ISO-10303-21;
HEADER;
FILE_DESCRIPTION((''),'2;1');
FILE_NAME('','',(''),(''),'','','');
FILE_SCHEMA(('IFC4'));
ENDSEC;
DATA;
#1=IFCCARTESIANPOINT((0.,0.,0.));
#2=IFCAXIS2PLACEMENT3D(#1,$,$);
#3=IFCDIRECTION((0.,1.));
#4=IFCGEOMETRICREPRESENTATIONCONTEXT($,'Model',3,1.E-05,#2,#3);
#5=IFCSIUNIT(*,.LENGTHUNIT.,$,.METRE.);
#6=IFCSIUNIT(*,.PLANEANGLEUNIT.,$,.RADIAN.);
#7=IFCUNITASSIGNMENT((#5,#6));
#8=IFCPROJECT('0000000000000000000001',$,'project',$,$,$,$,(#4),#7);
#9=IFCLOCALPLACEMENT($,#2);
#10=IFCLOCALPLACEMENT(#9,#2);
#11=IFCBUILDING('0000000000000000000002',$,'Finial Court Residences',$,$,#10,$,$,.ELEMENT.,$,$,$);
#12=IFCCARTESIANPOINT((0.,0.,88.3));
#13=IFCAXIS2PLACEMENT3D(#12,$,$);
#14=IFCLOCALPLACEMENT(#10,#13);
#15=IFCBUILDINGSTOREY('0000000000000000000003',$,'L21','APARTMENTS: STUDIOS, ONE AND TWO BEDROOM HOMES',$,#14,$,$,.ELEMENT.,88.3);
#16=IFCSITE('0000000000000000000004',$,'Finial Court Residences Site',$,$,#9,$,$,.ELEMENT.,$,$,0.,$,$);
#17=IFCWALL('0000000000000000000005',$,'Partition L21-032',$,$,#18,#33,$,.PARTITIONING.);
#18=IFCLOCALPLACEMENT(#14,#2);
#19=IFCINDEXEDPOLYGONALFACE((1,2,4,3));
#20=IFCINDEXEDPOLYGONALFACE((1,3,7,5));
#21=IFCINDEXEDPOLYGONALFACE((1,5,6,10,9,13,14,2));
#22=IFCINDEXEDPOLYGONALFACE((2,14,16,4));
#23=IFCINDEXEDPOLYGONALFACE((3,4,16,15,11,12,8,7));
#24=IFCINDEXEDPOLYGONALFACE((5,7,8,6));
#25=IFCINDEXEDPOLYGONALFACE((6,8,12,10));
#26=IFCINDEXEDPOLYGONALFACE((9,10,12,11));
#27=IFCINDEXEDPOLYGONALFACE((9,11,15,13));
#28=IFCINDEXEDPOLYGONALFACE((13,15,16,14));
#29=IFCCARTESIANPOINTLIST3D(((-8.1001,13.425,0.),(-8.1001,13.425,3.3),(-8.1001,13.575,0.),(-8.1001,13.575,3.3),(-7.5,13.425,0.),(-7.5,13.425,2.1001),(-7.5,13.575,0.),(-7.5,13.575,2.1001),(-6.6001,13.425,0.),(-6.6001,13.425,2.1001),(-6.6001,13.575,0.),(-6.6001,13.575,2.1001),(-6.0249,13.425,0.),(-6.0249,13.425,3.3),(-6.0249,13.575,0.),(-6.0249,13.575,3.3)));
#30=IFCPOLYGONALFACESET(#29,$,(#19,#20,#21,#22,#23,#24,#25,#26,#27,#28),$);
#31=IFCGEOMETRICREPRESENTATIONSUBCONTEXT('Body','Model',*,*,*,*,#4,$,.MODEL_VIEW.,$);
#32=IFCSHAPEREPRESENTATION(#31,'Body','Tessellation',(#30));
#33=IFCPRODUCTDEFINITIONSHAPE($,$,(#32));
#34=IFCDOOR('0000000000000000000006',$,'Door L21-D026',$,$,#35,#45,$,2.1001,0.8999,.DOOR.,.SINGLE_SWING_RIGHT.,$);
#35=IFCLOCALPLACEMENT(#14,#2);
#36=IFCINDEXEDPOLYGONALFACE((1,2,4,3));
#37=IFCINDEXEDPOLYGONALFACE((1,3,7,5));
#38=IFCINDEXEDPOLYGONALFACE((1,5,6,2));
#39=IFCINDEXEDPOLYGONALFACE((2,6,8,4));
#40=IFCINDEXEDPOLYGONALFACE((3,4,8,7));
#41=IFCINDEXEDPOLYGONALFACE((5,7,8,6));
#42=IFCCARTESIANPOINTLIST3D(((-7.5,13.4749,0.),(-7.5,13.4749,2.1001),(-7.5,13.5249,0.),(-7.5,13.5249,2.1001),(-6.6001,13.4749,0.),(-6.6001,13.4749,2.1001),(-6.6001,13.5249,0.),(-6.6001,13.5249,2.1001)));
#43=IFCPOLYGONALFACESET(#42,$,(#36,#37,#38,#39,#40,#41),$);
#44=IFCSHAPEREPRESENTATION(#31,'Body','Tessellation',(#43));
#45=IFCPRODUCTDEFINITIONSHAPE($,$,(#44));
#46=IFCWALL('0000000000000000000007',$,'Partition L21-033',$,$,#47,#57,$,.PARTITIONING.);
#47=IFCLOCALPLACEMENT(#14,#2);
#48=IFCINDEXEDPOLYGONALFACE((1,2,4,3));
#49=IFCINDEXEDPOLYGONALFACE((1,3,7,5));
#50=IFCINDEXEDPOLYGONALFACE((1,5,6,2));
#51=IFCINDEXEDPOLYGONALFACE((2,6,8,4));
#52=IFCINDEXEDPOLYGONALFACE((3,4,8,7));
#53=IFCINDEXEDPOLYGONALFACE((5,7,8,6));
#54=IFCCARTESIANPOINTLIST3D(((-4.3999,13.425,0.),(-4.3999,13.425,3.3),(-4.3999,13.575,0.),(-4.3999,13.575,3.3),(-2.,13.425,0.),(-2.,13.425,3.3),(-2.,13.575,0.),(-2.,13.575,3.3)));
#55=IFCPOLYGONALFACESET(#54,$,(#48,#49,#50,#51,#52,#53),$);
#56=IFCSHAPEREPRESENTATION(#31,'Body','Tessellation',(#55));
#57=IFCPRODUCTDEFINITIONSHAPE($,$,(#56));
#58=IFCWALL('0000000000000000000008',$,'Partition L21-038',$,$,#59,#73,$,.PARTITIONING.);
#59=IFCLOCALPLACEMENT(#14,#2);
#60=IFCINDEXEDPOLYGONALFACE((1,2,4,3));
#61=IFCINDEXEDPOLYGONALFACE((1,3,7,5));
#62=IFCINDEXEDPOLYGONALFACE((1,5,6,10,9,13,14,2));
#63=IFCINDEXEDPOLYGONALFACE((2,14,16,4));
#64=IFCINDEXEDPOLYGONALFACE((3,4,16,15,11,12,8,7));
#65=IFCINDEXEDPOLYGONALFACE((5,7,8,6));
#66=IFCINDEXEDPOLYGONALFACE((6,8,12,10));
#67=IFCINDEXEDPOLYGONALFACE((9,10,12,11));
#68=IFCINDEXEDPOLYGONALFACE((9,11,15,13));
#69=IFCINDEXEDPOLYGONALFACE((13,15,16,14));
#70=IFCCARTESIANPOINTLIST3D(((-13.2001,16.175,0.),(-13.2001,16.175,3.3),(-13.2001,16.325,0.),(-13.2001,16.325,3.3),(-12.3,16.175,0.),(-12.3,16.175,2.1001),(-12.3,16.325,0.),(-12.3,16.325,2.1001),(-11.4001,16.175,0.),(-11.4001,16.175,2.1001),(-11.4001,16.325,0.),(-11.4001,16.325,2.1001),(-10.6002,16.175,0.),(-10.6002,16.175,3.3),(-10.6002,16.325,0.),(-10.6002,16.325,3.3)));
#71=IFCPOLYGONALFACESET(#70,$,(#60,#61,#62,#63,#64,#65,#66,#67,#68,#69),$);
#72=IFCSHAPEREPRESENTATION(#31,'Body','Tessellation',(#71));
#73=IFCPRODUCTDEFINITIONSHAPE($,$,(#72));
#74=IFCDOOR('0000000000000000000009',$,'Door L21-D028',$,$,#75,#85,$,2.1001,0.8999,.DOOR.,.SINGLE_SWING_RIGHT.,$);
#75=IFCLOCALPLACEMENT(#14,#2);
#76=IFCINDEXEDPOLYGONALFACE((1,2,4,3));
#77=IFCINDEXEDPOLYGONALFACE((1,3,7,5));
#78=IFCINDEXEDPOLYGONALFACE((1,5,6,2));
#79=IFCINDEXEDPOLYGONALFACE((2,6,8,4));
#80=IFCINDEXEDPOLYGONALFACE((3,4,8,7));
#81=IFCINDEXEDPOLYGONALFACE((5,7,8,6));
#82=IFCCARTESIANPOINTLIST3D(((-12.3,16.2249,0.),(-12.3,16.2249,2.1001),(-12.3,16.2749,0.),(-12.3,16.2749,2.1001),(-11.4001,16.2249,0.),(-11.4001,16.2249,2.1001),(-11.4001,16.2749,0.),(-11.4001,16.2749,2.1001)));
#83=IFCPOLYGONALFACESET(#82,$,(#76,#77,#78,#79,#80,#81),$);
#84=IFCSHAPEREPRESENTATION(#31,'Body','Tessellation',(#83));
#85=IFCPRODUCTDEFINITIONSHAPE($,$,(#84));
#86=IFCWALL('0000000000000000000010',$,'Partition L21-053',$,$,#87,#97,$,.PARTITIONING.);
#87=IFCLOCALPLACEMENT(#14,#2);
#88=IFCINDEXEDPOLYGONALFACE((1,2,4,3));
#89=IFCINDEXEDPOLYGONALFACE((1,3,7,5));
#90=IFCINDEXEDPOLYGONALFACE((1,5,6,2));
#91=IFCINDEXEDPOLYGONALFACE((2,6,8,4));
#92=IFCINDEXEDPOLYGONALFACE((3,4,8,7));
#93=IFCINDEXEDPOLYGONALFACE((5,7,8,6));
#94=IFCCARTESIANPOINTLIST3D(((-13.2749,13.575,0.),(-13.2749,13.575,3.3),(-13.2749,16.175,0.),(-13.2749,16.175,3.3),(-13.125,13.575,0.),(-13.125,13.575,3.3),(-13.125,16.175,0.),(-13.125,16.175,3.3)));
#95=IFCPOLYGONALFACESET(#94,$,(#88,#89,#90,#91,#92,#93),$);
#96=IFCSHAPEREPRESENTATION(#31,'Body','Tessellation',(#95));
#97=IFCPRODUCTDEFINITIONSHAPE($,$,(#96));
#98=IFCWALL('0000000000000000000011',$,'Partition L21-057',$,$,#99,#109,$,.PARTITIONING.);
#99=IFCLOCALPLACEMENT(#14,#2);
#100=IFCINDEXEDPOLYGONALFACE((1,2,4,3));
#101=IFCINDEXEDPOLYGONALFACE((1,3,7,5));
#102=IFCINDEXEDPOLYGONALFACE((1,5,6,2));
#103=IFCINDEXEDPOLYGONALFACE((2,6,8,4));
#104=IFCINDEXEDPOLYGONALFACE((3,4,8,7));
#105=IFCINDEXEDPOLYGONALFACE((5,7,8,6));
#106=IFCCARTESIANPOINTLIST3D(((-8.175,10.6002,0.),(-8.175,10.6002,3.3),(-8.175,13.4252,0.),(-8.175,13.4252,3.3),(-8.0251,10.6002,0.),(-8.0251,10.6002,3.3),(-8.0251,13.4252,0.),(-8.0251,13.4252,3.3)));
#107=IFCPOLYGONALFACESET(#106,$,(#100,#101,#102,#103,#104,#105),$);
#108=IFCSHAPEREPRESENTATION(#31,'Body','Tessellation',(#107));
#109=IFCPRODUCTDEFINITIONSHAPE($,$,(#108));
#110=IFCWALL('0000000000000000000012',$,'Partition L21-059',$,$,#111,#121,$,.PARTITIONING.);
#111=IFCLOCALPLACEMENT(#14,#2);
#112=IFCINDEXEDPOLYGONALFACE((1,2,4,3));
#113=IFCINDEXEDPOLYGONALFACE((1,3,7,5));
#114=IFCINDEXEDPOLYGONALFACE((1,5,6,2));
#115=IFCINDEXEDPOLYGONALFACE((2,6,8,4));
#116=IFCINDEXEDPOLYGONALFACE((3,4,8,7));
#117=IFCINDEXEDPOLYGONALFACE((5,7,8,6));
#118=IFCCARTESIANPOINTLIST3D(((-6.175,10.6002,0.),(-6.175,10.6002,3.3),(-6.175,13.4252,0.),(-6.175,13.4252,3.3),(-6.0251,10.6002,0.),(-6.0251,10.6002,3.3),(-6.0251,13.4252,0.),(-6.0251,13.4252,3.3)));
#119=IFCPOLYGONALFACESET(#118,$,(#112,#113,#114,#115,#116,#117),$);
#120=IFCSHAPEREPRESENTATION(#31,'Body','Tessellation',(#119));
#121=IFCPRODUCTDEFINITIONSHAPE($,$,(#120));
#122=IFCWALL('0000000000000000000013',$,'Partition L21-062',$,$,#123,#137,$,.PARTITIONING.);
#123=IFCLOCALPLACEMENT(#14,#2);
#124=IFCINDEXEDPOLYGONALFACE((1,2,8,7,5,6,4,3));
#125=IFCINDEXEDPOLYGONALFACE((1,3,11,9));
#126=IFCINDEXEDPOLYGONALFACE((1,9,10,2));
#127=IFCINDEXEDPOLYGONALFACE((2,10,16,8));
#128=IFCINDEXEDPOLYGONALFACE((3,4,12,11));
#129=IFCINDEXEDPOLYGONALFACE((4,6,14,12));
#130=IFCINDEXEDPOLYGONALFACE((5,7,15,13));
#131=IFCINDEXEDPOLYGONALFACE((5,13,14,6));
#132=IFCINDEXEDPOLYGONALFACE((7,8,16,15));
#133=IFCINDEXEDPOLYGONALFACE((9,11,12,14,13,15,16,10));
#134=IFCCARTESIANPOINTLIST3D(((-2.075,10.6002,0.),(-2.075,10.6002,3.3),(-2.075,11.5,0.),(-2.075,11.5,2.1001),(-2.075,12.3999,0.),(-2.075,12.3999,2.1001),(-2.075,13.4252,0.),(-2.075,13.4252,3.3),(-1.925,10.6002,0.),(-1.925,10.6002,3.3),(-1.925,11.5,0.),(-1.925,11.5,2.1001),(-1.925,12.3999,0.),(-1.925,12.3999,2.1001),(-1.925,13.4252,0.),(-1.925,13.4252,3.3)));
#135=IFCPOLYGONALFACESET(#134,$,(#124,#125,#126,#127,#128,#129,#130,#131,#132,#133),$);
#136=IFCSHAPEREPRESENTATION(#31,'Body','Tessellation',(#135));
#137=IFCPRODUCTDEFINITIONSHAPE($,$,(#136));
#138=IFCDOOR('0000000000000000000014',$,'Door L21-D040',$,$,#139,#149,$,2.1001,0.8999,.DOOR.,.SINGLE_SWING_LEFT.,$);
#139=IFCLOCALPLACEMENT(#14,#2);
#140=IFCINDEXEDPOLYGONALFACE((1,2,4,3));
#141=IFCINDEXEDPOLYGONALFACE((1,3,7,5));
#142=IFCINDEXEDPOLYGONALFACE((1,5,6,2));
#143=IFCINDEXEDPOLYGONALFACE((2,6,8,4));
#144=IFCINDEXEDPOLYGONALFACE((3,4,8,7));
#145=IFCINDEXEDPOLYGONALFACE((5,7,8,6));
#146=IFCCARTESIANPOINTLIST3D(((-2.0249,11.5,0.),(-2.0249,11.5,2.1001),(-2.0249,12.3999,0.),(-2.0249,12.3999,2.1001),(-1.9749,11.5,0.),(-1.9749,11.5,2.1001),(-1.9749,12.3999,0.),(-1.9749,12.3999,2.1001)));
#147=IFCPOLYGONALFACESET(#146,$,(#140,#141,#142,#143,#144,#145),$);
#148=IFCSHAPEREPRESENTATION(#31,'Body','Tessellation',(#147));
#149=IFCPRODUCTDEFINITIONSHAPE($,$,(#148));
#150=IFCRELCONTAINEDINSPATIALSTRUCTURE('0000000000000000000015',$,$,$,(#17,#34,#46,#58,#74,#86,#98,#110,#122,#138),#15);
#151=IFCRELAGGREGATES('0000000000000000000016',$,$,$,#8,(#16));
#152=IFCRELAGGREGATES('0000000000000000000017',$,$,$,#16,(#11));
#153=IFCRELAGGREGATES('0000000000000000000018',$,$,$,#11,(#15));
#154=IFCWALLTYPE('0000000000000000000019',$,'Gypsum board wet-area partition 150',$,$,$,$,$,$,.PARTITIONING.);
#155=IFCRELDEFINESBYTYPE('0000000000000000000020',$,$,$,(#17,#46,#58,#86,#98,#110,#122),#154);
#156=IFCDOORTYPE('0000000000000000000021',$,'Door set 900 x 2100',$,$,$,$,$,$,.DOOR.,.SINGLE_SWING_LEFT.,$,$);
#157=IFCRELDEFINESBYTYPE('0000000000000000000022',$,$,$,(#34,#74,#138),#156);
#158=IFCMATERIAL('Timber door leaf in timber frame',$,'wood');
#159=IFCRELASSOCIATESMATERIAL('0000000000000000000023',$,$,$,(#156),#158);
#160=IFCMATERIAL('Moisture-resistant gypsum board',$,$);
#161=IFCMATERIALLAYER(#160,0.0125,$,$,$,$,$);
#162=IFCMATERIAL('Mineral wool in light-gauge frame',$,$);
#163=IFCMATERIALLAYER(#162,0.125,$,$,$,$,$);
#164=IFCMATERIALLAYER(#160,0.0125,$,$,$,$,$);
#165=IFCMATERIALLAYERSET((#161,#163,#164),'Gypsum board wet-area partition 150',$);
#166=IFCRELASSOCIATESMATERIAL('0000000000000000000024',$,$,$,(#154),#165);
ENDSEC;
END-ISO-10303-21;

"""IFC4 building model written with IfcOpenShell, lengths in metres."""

from ifc_helpers import new_model, si_unit, direction, frame, frame_2d, origin, place, context, subcontext, project, spatial, rectangle, extrude, material, layer, layer_set, type_object, element, fill, save


model = new_model("IFC4")

# Units and contexts
model_context = context("Model", 3, precision=1e-05, world=origin(), true_north=direction((0.0, 1.0)))
body_context = subcontext(model_context, "Body", "Model", "MODEL_VIEW")
ifc_project = project(units=[si_unit("LENGTHUNIT", "METRE"), si_unit("PLANEANGLEUNIT", "RADIAN")], contexts=[model_context])

# Site, building, storey
site_placement = place(None, origin())
site = spatial("IfcSite", under=ifc_project, at=site_placement, Name="Finial Court Residences Site", CompositionType="ELEMENT", RefElevation=0.0)
building_placement = place(site_placement, origin())
building = spatial("IfcBuilding", under=site, at=building_placement, Name="Finial Court Residences", CompositionType="ELEMENT")
storey_placement = place(building_placement, frame((0.0, 0.0, 88.3)))
storey = spatial("IfcBuildingStorey", under=building, at=storey_placement, Name="L21", Description="APARTMENTS: STUDIOS, ONE AND TWO BEDROOM HOMES", CompositionType="ELEMENT", Elevation=88.3)

# Wall, opening, door
ifc_material_1 = material(Name="Mineral wool in light-gauge frame")
ifc_material_2 = material(Name="Timber door leaf in timber frame", Category="wood")
door_type = type_object("IfcDoorType", Name="Door set 900 x 2100", OperationType="SINGLE_SWING_LEFT", PredefinedType="DOOR", material=ifc_material_2)
ifc_material_3 = material(Name="Moisture-resistant gypsum board")
ifc_layer_1 = layer(ifc_material_3, 0.0125)
ifc_layer_2 = layer(ifc_material_1, 0.125)
ifc_layer_3 = layer(ifc_material_3, 0.0125)
ifc_layer_set_1 = layer_set([ifc_layer_1, ifc_layer_2, ifc_layer_3], Name="Gypsum board wet-area partition 150")
wall_type_1 = type_object("IfcWallType", Name="Gypsum board wet-area partition 150", PredefinedType="PARTITIONING", material=ifc_layer_set_1)
wall_1_placement = place(storey_placement, frame((-8.1001, 13.5, 0.0), z_axis=(0.0, 0.0, 1.0), x_axis=(1.0, 0.0, 0.0)))
wall_1 = element("IfcWall", 1, at=wall_1_placement, inside=storey, type_object=wall_type_1, Name="Partition L21-032", PredefinedType="PARTITIONING", context=body_context, shape_type="SweptSolid", body=[
    extrude(rectangle(XDim=2.0752, YDim=0.1499, at=frame_2d((1.0376, 0.0))), origin(), (0.0, 0.0, 1.0), 3.3),
])
opening_1_placement = place(wall_1_placement, frame((0.6001, 0.0, 0.0)))
opening_1 = element("IfcOpeningElement", 2, at=opening_1_placement, cuts=wall_1, PredefinedType="OPENING", context=body_context, shape_type="SweptSolid", body=[
    extrude(rectangle(XDim=0.8999, YDim=2.1001, at=frame_2d((0.45, 1.05))), frame((0.0, 0.085, 0.0), z_axis=(0.0, -1.0, 0.0), x_axis=(1.0, 0.0, 0.0)), (0.0, 0.0, 1.0), 0.1699),
])
door_1_placement = place(opening_1_placement, origin())
door_1 = element("IfcDoor", 3, at=door_1_placement, inside=storey, type_object=door_type, Name="Door L21-D026", OperationType="SINGLE_SWING_RIGHT", OverallHeight=2.1001, OverallWidth=0.8999, PredefinedType="DOOR", context=body_context, shape_type="SweptSolid", body=[
    extrude(rectangle(XDim=0.8999, YDim=2.1001, at=frame_2d((0.45, 1.05))), frame((0.0, 0.0249, 0.0), z_axis=(0.0, -1.0, 0.0), x_axis=(1.0, 0.0, 0.0)), (0.0, 0.0, 1.0), 0.05),
])
fill(opening_1, door_1)

# Wall
wall_2_placement = place(storey_placement, frame((-4.3999, 13.5, 0.0), z_axis=(0.0, 0.0, 1.0), x_axis=(1.0, 0.0, 0.0)))
element("IfcWall", 4, at=wall_2_placement, inside=storey, type_object=wall_type_1, Name="Partition L21-033", PredefinedType="PARTITIONING", context=body_context, shape_type="SweptSolid", body=[
    extrude(rectangle(XDim=2.3999, YDim=0.1499, at=frame_2d((1.2, 0.0))), origin(), (0.0, 0.0, 1.0), 3.3),
])

# Wall, opening, door
wall_3_placement = place(storey_placement, frame((-13.2, 16.25, 0.0), z_axis=(0.0, 0.0, 1.0), x_axis=(1.0, 0.0, 0.0)))
wall_3 = element("IfcWall", 5, at=wall_3_placement, inside=storey, type_object=wall_type_1, Name="Partition L21-038", PredefinedType="PARTITIONING", context=body_context, shape_type="SweptSolid", body=[
    extrude(rectangle(XDim=2.5999, YDim=0.1499, at=frame_2d((1.2998, 0.0))), origin(), (0.0, 0.0, 1.0), 3.3),
])
opening_2_placement = place(wall_3_placement, frame((0.8999, 0.0, 0.0)))
opening_2 = element("IfcOpeningElement", 6, at=opening_2_placement, cuts=wall_3, PredefinedType="OPENING", context=body_context, shape_type="SweptSolid", body=[
    extrude(rectangle(XDim=0.8999, YDim=2.1001, at=frame_2d((0.45, 1.05))), frame((0.0, 0.085, 0.0), z_axis=(0.0, -1.0, 0.0), x_axis=(1.0, 0.0, 0.0)), (0.0, 0.0, 1.0), 0.1699),
])
door_2_placement = place(opening_2_placement, origin())
door_2 = element("IfcDoor", 7, at=door_2_placement, inside=storey, type_object=door_type, Name="Door L21-D028", OperationType="SINGLE_SWING_RIGHT", OverallHeight=2.1001, OverallWidth=0.8999, PredefinedType="DOOR", context=body_context, shape_type="SweptSolid", body=[
    extrude(rectangle(XDim=0.8999, YDim=2.1001, at=frame_2d((0.45, 1.05))), frame((0.0, 0.0249, 0.0), z_axis=(0.0, -1.0, 0.0), x_axis=(1.0, 0.0, 0.0)), (0.0, 0.0, 1.0), 0.05),
])
fill(opening_2, door_2)

# Walls
wall_4_placement = place(storey_placement, frame((-13.2, 13.575, 0.0), z_axis=(0.0, 0.0, 1.0), x_axis=(0.0, 1.0, 0.0)))
element("IfcWall", 8, at=wall_4_placement, inside=storey, type_object=wall_type_1, Name="Partition L21-053", PredefinedType="PARTITIONING", context=body_context, shape_type="SweptSolid", body=[
    extrude(rectangle(XDim=2.6001, YDim=0.1499, at=frame_2d((1.3, 0.0))), origin(), (0.0, 0.0, 1.0), 3.3),
])
for number, where, z_axis, x_axis, name in (
    (9, (-8.1001, 10.6001, 0.0), (0.0, 0.0, 1.0), (0.0, 1.0, 0.0), "Partition L21-057"),
    (10, (-6.1001, 10.6001, 0.0), (0.0, 0.0, 1.0), (0.0, 1.0, 0.0), "Partition L21-059"),
):
    element("IfcWall", number, at=place(storey_placement, frame(where, z_axis=z_axis, x_axis=x_axis)), inside=storey, type_object=wall_type_1, Name=name, PredefinedType="PARTITIONING", context=body_context, shape_type="SweptSolid", body=[
        extrude(rectangle(XDim=2.825, YDim=0.1499, at=frame_2d((1.4126, 0.0))), origin(), (0.0, 0.0, 1.0), 3.3),
    ])

# Wall, opening, door
wall_5_placement = place(storey_placement, frame((-2.0, 10.6001, 0.0), z_axis=(0.0, 0.0, 1.0), x_axis=(0.0, 1.0, 0.0)))
wall_5 = element("IfcWall", 11, at=wall_5_placement, inside=storey, type_object=wall_type_1, Name="Partition L21-062", PredefinedType="PARTITIONING", context=body_context, shape_type="SweptSolid", body=[
    extrude(rectangle(XDim=2.825, YDim=0.1499, at=frame_2d((1.4126, 0.0))), origin(), (0.0, 0.0, 1.0), 3.3),
])
opening_3_placement = place(wall_5_placement, frame((0.8999, 0.0, 0.0)))
opening_3 = element("IfcOpeningElement", 12, at=opening_3_placement, cuts=wall_5, PredefinedType="OPENING", context=body_context, shape_type="SweptSolid", body=[
    extrude(rectangle(XDim=0.8999, YDim=2.1001, at=frame_2d((0.45, 1.05))), frame((0.0, 0.085, 0.0), z_axis=(0.0, -1.0, 0.0), x_axis=(1.0, 0.0, 0.0)), (0.0, 0.0, 1.0), 0.1699),
])
door_3_placement = place(opening_3_placement, origin())
door_3 = element("IfcDoor", 13, at=door_3_placement, inside=storey, type_object=door_type, Name="Door L21-D040", OperationType="SINGLE_SWING_LEFT", OverallHeight=2.1001, OverallWidth=0.8999, PredefinedType="DOOR", context=body_context, shape_type="SweptSolid", body=[
    extrude(rectangle(XDim=0.8999, YDim=2.1001, at=frame_2d((0.45, 1.05))), frame((0.0, 0.0249, 0.0), z_axis=(0.0, -1.0, 0.0), x_axis=(1.0, 0.0, 0.0)), (0.0, 0.0, 1.0), 0.05),
])
fill(opening_3, door_3)

save(model, "model.ifc")
